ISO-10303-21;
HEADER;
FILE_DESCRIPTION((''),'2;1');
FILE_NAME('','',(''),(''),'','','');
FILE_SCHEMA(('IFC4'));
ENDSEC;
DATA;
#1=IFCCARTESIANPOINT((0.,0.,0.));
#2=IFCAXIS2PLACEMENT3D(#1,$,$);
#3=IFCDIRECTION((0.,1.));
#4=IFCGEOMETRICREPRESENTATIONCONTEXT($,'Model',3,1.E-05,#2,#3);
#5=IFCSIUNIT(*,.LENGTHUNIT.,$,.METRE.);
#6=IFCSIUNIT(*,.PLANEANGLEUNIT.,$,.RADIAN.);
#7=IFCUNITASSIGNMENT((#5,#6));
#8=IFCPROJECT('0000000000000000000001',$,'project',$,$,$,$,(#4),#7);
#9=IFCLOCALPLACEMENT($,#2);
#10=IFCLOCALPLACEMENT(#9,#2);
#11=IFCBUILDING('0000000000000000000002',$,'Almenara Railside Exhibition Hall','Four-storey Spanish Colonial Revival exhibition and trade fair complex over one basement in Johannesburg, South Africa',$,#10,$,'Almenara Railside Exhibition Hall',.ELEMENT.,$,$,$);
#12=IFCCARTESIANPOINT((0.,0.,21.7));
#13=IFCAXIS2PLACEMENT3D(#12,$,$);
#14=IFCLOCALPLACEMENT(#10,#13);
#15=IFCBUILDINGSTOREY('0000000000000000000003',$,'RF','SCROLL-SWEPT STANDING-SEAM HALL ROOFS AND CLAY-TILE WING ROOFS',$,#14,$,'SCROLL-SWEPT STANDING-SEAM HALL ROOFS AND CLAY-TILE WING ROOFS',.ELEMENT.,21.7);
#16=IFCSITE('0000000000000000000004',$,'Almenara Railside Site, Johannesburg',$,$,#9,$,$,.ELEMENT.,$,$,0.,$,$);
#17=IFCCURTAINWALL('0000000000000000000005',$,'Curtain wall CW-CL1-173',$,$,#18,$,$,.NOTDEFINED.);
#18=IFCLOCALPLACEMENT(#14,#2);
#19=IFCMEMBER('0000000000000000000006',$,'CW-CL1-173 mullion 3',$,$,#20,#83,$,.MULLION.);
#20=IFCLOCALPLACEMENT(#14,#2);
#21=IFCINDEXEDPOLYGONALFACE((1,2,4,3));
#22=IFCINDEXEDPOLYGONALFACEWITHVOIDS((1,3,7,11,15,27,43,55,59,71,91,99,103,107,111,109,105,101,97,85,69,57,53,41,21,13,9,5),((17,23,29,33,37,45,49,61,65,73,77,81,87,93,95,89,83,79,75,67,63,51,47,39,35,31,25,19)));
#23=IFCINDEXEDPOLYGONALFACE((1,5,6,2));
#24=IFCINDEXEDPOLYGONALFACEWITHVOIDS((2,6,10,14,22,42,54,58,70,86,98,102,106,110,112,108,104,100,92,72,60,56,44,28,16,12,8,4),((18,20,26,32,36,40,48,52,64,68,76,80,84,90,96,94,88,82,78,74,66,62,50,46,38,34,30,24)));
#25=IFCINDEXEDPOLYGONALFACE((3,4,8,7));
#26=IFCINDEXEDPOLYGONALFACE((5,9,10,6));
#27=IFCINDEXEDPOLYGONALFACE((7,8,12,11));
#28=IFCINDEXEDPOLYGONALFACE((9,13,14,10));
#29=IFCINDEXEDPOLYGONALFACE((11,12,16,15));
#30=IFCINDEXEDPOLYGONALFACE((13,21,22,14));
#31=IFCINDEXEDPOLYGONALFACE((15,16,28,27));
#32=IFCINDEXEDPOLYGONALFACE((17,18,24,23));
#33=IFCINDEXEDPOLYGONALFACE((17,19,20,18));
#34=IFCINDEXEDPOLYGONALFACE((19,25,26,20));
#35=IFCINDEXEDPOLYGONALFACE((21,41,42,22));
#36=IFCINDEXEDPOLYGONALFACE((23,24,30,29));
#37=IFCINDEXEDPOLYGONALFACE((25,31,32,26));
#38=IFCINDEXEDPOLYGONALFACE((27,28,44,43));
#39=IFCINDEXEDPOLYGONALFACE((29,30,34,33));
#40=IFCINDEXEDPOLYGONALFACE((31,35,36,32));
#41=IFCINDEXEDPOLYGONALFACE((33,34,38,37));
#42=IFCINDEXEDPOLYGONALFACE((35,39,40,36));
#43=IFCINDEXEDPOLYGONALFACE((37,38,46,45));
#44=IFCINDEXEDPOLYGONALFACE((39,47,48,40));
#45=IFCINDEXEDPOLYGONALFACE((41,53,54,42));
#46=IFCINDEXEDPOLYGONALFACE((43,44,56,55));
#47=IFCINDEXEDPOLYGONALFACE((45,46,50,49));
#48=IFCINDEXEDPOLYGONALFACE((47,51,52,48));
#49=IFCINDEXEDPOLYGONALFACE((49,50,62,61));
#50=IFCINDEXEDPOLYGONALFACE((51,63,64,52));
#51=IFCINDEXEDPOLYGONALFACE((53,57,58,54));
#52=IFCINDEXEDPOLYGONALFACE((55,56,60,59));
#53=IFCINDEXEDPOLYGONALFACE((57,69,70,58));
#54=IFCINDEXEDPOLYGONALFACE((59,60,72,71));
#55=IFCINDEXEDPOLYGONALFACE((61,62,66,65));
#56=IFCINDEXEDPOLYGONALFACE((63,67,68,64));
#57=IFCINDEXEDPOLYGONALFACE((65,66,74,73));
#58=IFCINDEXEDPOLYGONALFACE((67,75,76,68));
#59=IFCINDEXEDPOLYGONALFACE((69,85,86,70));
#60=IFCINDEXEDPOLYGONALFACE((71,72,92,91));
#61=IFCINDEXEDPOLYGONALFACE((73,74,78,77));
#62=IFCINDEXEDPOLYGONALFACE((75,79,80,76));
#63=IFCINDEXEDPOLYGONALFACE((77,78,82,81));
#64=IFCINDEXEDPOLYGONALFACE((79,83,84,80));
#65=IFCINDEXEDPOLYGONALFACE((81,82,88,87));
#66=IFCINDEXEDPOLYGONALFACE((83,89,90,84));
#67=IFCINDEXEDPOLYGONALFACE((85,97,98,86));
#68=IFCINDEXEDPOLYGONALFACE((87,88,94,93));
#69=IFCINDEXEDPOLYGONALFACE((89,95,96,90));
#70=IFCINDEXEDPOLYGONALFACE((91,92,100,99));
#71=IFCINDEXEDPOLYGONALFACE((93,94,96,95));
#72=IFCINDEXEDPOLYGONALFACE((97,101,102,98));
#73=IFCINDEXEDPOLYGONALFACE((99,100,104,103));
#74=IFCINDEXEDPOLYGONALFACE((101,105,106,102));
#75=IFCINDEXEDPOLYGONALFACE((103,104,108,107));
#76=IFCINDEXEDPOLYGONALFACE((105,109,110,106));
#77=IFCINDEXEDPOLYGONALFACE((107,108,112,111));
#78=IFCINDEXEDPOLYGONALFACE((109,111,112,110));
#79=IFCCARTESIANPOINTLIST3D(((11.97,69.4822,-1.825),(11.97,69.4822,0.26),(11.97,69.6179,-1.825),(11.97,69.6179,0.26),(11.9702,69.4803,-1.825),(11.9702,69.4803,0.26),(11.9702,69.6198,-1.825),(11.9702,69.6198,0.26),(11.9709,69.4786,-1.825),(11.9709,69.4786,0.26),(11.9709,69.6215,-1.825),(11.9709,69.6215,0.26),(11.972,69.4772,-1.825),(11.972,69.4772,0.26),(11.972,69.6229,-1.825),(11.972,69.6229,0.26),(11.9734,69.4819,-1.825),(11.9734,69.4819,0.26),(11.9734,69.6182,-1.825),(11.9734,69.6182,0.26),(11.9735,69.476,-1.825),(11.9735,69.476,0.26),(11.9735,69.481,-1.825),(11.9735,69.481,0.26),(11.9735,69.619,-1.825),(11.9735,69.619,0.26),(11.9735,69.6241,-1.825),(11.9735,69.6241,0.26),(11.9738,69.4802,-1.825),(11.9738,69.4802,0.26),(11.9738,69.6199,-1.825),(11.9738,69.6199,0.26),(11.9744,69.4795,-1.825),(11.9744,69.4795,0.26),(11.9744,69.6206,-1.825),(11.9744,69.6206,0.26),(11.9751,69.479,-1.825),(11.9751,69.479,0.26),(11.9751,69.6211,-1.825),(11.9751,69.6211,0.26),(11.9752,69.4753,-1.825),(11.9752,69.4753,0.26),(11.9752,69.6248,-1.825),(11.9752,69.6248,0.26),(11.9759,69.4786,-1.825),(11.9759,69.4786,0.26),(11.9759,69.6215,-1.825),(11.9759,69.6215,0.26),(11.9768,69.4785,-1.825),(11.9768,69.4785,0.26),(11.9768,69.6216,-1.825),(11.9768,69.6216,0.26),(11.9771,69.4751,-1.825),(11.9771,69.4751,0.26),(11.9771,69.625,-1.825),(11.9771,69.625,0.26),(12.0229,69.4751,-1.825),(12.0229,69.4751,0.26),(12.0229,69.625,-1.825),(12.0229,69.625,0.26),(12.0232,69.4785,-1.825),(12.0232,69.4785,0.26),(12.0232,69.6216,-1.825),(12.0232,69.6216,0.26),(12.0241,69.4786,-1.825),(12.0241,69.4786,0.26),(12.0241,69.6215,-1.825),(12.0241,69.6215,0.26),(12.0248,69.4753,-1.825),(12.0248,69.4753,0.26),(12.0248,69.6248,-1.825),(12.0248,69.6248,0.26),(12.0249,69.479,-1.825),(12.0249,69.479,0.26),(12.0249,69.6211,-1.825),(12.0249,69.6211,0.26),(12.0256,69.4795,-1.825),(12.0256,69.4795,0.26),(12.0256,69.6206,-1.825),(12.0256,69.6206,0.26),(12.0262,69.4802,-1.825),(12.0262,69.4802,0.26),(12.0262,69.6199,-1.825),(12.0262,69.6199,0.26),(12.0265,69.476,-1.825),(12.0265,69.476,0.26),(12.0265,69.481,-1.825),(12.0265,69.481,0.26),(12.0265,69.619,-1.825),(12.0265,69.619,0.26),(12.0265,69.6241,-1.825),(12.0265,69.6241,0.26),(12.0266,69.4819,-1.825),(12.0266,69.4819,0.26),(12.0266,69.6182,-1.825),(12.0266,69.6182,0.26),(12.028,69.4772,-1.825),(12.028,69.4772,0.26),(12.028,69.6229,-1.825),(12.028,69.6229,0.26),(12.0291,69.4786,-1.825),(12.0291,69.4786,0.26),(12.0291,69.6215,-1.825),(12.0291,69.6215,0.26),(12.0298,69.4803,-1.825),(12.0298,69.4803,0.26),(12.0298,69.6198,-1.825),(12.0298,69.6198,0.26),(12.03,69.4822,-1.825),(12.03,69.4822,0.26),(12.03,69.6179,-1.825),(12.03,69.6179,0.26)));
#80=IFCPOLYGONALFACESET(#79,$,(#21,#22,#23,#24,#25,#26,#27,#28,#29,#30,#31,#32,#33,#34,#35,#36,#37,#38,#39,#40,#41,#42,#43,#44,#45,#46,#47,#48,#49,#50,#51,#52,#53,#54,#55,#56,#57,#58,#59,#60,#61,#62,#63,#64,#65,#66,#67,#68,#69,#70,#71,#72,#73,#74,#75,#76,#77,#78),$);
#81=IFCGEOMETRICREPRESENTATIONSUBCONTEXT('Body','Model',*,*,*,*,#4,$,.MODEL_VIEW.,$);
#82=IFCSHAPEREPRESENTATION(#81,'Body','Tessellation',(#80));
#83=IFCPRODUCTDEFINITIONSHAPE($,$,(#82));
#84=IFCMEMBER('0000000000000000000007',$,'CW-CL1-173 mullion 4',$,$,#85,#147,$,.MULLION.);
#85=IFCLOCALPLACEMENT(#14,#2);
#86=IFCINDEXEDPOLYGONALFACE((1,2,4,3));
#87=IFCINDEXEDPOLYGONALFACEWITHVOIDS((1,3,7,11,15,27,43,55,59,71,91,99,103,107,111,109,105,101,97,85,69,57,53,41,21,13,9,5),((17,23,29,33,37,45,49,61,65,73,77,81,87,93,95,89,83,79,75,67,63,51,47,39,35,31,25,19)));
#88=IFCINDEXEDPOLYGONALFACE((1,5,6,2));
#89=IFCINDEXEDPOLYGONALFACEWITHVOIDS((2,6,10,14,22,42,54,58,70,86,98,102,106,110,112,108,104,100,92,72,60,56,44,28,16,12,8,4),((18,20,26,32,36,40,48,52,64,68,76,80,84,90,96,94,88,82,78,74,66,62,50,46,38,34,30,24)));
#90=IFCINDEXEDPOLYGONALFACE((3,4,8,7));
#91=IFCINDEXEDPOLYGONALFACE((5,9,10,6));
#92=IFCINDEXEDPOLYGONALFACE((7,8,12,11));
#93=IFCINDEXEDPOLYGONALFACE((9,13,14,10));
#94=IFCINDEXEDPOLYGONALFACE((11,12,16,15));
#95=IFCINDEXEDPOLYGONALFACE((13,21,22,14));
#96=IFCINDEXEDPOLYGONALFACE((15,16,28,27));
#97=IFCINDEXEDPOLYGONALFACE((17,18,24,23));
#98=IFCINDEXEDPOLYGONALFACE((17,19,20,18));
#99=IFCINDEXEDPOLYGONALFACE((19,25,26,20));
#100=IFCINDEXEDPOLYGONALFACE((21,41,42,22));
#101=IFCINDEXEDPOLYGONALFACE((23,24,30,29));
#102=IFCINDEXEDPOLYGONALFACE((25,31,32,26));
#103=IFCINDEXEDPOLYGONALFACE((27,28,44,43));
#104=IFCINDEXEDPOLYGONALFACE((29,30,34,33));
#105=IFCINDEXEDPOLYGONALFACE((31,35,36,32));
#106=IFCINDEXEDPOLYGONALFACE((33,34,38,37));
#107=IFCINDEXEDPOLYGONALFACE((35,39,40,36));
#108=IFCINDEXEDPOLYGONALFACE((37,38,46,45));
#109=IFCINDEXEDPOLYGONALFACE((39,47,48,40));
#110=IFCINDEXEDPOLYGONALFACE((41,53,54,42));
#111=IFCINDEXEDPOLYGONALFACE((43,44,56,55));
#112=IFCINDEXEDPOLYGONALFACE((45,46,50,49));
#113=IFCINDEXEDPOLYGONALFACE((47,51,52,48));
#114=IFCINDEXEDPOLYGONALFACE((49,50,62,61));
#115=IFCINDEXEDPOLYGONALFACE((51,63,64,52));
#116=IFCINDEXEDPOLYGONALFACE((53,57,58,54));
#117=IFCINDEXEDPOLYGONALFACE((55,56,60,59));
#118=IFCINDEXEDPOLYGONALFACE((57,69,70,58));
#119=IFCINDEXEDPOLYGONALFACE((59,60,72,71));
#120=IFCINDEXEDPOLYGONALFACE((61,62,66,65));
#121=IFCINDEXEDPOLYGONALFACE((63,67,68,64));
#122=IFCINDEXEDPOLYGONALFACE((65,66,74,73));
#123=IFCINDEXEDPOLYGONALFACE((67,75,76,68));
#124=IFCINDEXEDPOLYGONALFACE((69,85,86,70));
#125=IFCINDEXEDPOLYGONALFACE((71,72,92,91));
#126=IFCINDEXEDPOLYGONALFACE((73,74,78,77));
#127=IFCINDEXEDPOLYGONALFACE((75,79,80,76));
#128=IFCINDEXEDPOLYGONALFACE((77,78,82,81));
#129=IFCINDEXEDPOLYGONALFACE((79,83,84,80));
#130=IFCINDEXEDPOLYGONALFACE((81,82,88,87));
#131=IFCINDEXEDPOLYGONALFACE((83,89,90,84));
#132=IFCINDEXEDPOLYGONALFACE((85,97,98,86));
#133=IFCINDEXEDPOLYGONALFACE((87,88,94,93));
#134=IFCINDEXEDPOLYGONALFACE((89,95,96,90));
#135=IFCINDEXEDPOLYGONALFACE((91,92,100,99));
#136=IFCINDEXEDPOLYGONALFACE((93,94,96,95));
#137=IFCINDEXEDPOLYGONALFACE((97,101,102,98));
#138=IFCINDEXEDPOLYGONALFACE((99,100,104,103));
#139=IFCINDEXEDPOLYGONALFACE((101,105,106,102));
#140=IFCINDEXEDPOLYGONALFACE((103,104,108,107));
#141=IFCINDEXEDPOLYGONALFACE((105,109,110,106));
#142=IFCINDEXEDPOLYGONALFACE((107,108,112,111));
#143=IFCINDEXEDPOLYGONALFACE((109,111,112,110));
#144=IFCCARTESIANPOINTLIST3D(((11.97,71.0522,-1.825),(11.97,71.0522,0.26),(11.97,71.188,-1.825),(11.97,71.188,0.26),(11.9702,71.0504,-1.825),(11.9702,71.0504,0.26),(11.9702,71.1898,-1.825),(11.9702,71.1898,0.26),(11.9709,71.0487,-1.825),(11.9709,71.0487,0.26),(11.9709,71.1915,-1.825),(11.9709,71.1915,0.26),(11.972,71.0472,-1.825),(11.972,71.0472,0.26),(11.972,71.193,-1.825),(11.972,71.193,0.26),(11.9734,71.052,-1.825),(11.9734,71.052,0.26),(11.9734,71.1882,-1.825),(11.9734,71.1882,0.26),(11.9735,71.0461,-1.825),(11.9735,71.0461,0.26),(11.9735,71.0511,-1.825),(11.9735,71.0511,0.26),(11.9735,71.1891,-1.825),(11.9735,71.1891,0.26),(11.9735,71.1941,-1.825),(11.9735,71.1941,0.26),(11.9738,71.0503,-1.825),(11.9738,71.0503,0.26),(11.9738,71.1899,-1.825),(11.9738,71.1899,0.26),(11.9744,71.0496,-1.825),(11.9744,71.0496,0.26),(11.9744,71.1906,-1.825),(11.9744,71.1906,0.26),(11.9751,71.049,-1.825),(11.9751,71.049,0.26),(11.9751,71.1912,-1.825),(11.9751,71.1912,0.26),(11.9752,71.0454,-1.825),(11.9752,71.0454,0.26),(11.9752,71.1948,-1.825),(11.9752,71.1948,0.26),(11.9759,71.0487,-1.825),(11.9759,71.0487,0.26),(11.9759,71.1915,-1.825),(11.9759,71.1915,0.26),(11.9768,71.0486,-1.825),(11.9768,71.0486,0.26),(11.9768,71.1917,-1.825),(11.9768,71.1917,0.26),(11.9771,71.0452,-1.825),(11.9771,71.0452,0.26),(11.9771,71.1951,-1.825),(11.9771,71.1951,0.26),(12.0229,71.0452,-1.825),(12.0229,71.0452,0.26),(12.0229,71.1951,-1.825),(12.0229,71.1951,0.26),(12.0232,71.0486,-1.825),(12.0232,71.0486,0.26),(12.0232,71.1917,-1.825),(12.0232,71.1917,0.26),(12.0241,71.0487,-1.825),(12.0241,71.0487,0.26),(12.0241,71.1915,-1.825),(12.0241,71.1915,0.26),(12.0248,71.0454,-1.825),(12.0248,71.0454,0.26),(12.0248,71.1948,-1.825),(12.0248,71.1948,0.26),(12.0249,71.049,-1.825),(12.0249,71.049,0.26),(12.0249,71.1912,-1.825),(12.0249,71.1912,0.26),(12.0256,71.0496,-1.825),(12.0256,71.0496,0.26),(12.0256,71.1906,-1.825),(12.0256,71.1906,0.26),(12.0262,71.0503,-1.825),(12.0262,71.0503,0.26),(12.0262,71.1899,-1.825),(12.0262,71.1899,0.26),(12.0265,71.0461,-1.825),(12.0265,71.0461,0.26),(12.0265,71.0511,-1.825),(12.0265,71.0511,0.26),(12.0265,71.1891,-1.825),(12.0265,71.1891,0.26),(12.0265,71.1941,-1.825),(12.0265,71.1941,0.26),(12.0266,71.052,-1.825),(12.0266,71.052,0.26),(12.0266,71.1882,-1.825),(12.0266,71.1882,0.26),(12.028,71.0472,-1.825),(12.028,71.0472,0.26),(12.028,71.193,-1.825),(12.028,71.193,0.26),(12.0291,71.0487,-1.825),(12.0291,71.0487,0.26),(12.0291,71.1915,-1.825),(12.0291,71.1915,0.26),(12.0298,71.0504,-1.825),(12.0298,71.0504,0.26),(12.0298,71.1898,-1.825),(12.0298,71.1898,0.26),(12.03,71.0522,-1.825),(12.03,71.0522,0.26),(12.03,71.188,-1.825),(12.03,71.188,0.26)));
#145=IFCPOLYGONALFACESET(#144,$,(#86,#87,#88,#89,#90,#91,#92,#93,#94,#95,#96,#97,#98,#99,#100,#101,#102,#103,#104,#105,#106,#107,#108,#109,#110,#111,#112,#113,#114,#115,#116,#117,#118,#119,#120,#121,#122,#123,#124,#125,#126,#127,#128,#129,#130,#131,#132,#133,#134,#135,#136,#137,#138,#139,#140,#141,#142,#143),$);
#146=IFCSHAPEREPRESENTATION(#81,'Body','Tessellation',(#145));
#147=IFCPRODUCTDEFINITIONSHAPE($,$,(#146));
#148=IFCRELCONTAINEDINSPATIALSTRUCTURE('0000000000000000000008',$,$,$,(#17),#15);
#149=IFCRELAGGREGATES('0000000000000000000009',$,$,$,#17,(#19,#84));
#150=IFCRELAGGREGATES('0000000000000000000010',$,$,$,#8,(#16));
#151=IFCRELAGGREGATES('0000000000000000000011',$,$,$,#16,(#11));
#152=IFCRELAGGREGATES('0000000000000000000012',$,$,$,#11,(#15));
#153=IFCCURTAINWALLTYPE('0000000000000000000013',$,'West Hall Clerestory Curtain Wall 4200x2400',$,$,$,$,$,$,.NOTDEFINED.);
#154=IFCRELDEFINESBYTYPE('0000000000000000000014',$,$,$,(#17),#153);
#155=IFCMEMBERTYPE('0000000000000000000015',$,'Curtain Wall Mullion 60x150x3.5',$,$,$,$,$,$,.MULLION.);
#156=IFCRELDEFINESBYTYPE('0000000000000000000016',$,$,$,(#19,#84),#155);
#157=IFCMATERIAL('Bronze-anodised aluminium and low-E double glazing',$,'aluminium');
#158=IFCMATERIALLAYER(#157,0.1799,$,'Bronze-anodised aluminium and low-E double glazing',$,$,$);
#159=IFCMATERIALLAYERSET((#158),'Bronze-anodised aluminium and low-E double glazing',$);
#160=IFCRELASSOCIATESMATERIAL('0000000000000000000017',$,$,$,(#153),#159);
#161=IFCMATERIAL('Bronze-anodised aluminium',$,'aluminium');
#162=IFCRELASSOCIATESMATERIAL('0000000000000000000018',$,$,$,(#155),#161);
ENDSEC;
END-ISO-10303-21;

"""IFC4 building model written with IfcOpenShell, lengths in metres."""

from ifc_helpers import new_model, si_unit, direction, frame, origin, origin_2d, place, context, subcontext, project, spatial, hollow_rectangle, extrude, material, layer, layer_set, material_profile, profile_set, type_object, element, aggregate, save


model = new_model("IFC4")

# Units and contexts
model_context = context("Model", 3, precision=1e-05, world=origin(), true_north=direction((0.0, 1.0)))
body_context = subcontext(model_context, "Body", "Model", "MODEL_VIEW")
ifc_project = project(units=[si_unit("LENGTHUNIT", "METRE"), si_unit("PLANEANGLEUNIT", "RADIAN")], contexts=[model_context])

# Site, building, storey
site_placement = place(None, origin())
site = spatial("IfcSite", under=ifc_project, at=site_placement, Name="Almenara Railside Site, Johannesburg", CompositionType="ELEMENT", RefElevation=0.0)
building_placement = place(site_placement, origin())
building = spatial("IfcBuilding", under=site, at=building_placement, Name="Almenara Railside Exhibition Hall", Description="Four-storey Spanish Colonial Revival exhibition and trade fair complex over one basement in Johannesburg, South Africa", LongName="Almenara Railside Exhibition Hall", CompositionType="ELEMENT")
storey_placement = place(building_placement, frame((0.0, 0.0, 21.7)))
storey = spatial("IfcBuildingStorey", under=building, at=storey_placement, Name="RF", Description="SCROLL-SWEPT STANDING-SEAM HALL ROOFS AND CLAY-TILE WING ROOFS", LongName="SCROLL-SWEPT STANDING-SEAM HALL ROOFS AND CLAY-TILE WING ROOFS", CompositionType="ELEMENT", Elevation=21.7)

# Curtain wall, members
ifc_material_1 = material(Name="Bronze-anodised aluminium and low-E double glazing", Category="aluminium")
ifc_layer_1 = layer(ifc_material_1, 0.1799, Name="Bronze-anodised aluminium and low-E double glazing")
ifc_layer_set_1 = layer_set([ifc_layer_1], Name="Bronze-anodised aluminium and low-E double glazing")
curtain_wall_type = type_object("IfcCurtainWallType", Name="West Hall Clerestory Curtain Wall 4200x2400", PredefinedType="NOTDEFINED", material=ifc_layer_set_1)
curtain_wall_1_placement = place(storey_placement, origin())
curtain_wall_1 = element("IfcCurtainWall", 1, at=curtain_wall_1_placement, inside=storey, type_object=curtain_wall_type, Name="Curtain wall CW-CL1-173", PredefinedType="NOTDEFINED")
ifc_material_2 = material(Name="Bronze-anodised aluminium", Category="aluminium")
ifc_material_profile_1 = material_profile(ifc_material_2, hollow_rectangle(XDim=0.0601, YDim=0.1499, WallThickness=0.0034, InnerFilletRadius=0.0034, OuterFilletRadius=0.0071, at=origin_2d()), Name="ALU-MUL 60x150x3.5")
ifc_profile_set_1 = profile_set([ifc_material_profile_1], Name="Bronze-anodised aluminium")
member_type_1 = type_object("IfcMemberType", Name="Curtain Wall Mullion 60x150x3.5", PredefinedType="MULLION", material=ifc_profile_set_1)
member_1_placement = place(storey_placement, frame((12.0, 69.55, -1.825), z_axis=(0.0, 0.0, 1.0), x_axis=(-1.0, 0.0, 0.0)))
member_1 = element("IfcMember", 2, at=member_1_placement, type_object=member_type_1, Name="CW-CL1-173 mullion 3", PredefinedType="MULLION", context=body_context, shape_type="SweptSolid", body=[
    extrude(hollow_rectangle(XDim=0.0601, YDim=0.1499, WallThickness=0.0034, InnerFilletRadius=0.0034, OuterFilletRadius=0.0071, at=origin_2d()), origin(), (0.0, 0.0, 1.0), 2.085),
])
member_2_placement = place(storey_placement, frame((12.0, 71.1201, -1.825), z_axis=(0.0, 0.0, 1.0), x_axis=(-1.0, 0.0, 0.0)))
member_2 = element("IfcMember", 3, at=member_2_placement, type_object=member_type_1, Name="CW-CL1-173 mullion 4", PredefinedType="MULLION", context=body_context, shape_type="SweptSolid", body=[
    extrude(hollow_rectangle(XDim=0.0601, YDim=0.1499, WallThickness=0.0034, InnerFilletRadius=0.0034, OuterFilletRadius=0.0071, at=origin_2d()), origin(), (0.0, 0.0, 1.0), 2.085),
])

aggregate(curtain_wall_1, [member_1, member_2])

save(model, "model.ifc")
